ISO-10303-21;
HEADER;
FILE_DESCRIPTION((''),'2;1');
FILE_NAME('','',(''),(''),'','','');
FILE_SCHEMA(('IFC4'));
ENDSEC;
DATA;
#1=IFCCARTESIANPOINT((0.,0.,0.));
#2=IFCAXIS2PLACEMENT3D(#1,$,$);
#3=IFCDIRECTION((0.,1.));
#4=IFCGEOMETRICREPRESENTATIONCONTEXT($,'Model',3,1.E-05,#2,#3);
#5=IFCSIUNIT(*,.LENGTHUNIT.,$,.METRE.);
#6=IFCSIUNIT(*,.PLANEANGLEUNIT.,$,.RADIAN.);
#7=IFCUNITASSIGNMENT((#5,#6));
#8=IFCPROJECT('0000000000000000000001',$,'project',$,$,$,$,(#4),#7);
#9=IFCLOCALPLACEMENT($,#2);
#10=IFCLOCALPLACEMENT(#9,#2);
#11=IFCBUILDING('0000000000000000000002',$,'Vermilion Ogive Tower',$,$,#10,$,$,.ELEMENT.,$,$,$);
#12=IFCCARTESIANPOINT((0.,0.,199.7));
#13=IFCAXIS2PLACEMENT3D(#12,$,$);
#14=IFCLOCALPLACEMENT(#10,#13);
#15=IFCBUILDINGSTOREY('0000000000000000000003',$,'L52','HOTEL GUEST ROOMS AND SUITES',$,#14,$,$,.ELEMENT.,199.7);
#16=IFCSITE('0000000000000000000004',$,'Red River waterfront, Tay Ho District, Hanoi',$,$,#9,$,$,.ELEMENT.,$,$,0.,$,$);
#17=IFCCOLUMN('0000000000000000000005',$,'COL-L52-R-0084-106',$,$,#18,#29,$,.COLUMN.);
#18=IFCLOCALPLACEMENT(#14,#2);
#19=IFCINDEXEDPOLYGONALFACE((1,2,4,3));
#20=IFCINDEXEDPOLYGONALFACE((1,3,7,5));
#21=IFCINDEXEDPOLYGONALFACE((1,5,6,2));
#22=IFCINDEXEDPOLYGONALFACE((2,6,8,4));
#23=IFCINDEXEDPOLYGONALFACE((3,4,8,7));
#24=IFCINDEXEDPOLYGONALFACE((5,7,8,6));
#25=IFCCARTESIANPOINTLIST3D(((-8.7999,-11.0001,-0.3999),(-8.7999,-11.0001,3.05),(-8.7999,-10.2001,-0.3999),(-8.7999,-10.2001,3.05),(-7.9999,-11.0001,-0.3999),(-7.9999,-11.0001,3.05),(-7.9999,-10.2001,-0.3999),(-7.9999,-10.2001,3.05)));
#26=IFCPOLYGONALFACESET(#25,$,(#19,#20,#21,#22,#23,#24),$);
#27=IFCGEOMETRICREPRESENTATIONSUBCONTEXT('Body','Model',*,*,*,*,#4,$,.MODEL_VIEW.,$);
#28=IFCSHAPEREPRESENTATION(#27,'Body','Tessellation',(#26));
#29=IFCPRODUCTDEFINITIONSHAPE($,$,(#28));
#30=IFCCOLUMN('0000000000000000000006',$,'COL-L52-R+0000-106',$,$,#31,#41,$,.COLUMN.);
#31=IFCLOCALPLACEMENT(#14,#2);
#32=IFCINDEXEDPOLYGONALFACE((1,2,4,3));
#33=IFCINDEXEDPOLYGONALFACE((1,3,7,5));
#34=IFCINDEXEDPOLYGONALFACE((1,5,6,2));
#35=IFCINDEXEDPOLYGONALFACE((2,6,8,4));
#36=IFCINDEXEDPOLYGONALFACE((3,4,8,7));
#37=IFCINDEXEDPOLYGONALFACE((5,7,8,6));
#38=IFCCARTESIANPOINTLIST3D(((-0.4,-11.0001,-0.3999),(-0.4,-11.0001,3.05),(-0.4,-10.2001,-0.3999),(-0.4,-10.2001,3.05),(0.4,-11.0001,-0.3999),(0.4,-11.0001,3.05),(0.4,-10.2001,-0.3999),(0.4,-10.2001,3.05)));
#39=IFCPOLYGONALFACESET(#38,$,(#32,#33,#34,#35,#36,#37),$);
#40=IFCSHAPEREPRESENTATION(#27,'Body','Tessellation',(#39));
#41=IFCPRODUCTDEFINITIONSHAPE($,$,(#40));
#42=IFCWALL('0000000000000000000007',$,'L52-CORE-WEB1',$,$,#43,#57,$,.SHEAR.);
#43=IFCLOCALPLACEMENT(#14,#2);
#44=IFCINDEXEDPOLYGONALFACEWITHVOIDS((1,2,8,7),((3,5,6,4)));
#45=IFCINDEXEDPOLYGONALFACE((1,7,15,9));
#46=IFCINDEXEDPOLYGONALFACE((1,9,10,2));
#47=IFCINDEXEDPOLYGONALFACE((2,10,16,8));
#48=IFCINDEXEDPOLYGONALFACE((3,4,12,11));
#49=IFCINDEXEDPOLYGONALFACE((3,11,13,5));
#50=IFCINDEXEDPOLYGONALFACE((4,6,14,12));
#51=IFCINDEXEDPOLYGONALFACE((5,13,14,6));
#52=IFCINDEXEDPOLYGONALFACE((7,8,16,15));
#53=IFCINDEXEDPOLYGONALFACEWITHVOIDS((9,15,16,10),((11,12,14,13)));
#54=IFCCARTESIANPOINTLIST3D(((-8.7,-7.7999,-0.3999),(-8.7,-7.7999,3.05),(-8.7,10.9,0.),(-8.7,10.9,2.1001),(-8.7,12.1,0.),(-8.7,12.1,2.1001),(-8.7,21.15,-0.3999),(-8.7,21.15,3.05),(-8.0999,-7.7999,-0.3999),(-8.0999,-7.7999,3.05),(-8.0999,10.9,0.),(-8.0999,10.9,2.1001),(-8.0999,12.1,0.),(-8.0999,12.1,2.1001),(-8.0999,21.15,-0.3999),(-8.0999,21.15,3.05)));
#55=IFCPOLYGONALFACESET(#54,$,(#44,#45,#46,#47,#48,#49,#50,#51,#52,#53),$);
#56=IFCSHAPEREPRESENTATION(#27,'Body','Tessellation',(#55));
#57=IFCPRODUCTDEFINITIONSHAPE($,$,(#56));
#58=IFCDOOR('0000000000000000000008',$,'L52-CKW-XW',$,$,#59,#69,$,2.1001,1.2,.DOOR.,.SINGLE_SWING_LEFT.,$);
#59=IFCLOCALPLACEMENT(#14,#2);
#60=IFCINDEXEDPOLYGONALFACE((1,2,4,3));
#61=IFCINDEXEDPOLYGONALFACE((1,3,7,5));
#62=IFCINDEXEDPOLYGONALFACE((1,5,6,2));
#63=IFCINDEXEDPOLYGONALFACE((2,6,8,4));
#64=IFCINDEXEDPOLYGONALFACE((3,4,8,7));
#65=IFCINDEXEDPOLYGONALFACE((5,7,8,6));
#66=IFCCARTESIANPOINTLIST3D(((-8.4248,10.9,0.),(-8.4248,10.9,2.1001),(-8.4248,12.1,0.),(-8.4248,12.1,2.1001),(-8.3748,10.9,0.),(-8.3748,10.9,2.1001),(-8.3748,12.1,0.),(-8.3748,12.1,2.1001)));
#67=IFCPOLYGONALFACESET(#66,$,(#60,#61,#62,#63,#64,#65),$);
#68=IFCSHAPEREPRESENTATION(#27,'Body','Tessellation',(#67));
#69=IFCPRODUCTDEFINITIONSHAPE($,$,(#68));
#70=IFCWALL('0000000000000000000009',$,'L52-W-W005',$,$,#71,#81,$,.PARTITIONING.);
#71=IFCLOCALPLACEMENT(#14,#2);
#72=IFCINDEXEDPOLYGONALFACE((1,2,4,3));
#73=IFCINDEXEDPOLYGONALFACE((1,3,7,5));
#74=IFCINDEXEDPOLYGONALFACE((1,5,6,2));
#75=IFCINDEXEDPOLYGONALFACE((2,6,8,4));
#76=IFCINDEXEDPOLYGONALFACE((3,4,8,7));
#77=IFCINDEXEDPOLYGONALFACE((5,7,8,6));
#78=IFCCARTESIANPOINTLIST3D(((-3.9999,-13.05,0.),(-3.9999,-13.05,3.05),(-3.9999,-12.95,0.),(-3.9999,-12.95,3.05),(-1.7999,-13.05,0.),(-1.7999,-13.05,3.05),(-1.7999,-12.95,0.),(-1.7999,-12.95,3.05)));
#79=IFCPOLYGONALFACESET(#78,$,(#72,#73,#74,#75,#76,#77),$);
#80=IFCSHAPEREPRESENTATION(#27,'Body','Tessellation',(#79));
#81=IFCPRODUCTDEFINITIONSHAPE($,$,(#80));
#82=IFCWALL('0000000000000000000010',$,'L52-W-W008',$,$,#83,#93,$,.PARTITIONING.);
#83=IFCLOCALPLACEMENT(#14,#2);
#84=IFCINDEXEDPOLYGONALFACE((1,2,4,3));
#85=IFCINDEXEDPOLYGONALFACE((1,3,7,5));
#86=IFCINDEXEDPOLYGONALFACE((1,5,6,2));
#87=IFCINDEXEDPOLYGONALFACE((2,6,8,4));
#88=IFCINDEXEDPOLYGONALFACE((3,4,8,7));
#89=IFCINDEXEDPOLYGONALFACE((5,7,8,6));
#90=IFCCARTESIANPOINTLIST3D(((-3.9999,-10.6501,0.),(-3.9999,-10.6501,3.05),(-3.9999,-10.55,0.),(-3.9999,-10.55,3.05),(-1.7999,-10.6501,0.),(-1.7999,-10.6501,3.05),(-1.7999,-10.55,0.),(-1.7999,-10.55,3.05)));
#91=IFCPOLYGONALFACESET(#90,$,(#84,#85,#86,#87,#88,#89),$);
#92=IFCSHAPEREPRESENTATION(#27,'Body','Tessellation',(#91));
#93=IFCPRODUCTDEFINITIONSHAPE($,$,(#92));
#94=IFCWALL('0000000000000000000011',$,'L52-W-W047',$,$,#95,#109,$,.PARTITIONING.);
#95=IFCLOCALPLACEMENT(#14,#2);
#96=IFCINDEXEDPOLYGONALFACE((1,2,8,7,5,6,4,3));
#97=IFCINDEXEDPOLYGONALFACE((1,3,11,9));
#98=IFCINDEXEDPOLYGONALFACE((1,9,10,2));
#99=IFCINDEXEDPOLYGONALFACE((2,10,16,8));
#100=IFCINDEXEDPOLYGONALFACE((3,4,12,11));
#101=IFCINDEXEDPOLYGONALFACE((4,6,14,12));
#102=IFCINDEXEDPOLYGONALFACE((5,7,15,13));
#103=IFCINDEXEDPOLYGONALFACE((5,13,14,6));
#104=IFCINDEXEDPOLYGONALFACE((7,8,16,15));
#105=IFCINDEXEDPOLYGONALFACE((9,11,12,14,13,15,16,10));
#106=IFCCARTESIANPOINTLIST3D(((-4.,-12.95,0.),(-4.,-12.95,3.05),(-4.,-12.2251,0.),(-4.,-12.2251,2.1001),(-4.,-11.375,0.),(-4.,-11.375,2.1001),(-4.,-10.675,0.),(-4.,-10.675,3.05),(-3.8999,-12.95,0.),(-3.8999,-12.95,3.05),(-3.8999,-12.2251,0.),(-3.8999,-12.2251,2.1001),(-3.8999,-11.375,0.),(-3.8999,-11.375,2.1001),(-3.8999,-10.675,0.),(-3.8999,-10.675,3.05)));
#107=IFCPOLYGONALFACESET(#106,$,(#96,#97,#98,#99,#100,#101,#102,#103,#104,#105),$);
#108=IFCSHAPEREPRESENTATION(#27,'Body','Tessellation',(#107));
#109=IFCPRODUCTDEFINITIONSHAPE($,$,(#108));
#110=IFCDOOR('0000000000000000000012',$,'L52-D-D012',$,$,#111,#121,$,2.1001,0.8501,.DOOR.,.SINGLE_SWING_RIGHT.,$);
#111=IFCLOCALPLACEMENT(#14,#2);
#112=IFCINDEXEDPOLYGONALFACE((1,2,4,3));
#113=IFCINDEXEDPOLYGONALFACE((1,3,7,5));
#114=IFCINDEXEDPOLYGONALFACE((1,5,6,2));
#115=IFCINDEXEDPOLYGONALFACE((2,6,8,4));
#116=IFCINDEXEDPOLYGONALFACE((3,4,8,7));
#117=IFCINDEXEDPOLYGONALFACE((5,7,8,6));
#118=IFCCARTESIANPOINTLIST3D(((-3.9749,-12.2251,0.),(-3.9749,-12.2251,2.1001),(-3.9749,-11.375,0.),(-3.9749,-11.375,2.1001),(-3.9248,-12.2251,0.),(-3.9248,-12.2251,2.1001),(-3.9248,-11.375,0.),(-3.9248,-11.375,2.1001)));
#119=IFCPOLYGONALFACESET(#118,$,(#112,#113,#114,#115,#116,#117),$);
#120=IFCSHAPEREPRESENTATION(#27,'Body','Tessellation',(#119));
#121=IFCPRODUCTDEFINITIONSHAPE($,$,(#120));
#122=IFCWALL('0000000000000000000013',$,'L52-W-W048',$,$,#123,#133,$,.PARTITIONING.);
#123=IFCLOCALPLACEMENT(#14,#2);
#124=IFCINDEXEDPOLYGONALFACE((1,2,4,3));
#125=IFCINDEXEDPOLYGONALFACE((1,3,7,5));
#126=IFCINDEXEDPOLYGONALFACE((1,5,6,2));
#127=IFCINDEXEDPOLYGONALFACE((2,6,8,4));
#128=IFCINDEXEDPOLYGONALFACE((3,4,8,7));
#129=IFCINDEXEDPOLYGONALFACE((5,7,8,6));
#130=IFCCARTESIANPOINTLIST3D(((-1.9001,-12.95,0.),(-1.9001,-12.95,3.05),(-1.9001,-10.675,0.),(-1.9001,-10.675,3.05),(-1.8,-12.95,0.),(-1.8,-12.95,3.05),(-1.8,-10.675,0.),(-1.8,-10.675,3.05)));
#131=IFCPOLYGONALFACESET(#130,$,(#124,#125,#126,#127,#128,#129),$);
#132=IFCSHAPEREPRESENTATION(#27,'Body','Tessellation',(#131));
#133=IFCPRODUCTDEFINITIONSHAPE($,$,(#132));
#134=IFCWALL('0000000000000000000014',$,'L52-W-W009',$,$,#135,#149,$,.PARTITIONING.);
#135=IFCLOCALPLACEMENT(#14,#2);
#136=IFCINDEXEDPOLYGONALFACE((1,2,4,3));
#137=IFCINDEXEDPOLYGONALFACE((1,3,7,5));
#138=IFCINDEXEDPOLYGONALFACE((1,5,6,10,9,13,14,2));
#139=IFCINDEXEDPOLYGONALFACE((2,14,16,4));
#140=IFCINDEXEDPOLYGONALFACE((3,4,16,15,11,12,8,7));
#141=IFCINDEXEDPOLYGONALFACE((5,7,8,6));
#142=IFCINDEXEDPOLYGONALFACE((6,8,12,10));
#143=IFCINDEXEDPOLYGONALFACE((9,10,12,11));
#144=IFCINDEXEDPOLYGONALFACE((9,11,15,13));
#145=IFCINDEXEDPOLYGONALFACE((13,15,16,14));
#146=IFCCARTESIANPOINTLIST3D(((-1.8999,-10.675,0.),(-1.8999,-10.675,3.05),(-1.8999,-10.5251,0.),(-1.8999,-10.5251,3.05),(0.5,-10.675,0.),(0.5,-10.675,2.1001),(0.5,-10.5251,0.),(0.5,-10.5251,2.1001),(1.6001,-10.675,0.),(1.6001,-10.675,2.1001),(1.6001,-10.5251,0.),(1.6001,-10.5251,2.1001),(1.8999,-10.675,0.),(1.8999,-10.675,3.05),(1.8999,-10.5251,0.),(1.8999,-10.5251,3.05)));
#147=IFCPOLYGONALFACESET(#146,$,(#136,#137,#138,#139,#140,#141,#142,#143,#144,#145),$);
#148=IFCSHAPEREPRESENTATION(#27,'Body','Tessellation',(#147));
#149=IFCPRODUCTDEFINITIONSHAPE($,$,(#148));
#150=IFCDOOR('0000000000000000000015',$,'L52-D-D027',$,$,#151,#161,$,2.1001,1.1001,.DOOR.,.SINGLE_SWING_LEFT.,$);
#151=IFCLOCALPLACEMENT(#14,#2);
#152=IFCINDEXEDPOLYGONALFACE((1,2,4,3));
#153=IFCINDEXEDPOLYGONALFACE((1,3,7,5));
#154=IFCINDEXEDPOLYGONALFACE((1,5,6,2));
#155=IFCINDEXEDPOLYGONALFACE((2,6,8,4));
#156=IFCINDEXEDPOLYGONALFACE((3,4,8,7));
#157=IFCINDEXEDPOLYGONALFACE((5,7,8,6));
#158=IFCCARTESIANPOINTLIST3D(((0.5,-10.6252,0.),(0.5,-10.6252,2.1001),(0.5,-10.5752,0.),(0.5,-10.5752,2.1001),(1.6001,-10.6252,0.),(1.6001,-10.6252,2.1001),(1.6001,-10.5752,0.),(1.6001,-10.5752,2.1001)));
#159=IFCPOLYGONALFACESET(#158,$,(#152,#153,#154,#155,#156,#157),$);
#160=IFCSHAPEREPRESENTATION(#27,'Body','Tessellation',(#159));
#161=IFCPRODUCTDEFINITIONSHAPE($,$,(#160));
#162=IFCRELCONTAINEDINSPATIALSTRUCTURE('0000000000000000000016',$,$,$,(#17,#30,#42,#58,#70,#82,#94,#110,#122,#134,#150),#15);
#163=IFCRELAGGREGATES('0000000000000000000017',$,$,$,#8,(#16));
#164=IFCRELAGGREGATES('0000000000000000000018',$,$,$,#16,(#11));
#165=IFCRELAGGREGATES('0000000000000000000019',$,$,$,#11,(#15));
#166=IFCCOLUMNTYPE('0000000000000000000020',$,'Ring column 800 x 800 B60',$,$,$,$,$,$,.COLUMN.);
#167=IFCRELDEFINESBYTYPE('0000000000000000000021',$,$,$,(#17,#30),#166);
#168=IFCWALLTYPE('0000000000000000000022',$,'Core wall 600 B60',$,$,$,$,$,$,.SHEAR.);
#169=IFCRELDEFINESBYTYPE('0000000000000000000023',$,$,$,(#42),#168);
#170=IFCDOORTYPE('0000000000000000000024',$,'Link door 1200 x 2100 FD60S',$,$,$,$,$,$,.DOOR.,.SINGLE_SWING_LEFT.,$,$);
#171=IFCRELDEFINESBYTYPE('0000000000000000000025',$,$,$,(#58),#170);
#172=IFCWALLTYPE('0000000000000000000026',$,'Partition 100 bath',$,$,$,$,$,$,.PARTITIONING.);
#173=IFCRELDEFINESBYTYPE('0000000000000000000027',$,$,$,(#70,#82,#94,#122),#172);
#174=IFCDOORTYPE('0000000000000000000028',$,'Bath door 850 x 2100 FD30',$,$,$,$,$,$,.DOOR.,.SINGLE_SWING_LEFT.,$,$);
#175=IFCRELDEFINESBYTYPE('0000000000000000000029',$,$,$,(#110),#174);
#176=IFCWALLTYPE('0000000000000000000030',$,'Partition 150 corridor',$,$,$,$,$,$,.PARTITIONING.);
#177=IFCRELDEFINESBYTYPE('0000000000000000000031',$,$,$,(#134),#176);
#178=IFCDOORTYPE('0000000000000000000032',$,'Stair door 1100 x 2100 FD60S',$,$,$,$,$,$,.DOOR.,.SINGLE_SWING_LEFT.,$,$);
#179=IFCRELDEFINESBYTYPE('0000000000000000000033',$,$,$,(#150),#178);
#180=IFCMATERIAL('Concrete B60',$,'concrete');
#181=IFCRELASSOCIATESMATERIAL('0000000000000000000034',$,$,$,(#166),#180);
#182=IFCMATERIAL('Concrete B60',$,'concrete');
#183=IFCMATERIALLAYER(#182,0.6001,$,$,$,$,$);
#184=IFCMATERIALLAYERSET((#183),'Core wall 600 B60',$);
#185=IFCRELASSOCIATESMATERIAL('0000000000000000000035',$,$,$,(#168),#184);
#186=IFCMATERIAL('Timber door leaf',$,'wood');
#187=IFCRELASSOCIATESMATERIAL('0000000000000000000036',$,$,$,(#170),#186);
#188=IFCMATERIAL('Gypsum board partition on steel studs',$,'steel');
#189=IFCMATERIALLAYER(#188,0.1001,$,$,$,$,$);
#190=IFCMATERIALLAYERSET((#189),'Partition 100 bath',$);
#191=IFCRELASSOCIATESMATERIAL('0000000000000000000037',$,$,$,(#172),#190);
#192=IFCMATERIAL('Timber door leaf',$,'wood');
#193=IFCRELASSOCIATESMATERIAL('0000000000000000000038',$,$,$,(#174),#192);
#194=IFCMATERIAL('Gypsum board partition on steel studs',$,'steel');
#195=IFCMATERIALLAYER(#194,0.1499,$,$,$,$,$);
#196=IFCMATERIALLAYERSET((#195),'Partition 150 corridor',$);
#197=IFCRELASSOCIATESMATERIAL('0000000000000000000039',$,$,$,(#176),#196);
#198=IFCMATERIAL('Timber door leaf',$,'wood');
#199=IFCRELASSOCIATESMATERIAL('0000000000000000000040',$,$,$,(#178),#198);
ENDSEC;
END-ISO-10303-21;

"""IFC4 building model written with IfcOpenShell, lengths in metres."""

from ifc_helpers import new_model, si_unit, direction, frame, frame_2d, origin, origin_2d, place, context, subcontext, project, spatial, rectangle, extrude, material, layer, layer_set, material_profile, profile_set, type_object, element, fill, save


model = new_model("IFC4")

# Units and contexts
model_context = context("Model", 3, precision=1e-05, world=origin(), true_north=direction((0.0, 1.0)))
body_context = subcontext(model_context, "Body", "Model", "MODEL_VIEW")
ifc_project = project(units=[si_unit("LENGTHUNIT", "METRE"), si_unit("PLANEANGLEUNIT", "RADIAN")], contexts=[model_context])

# Site, building, storey
site_placement = place(None, origin())
site = spatial("IfcSite", under=ifc_project, at=site_placement, Name="Red River waterfront, Tay Ho District, Hanoi", CompositionType="ELEMENT", RefElevation=0.0)
building_placement = place(site_placement, origin())
building = spatial("IfcBuilding", under=site, at=building_placement, Name="Vermilion Ogive Tower", CompositionType="ELEMENT")
storey_placement = place(building_placement, frame((0.0, 0.0, 199.7)))
storey = spatial("IfcBuildingStorey", under=building, at=storey_placement, Name="L52", Description="HOTEL GUEST ROOMS AND SUITES", CompositionType="ELEMENT", Elevation=199.7)

# Columns
ifc_material_1 = material(Name="Concrete B60", Category="concrete")
ifc_material_profile = material_profile(ifc_material_1, rectangle(XDim=0.8, YDim=0.8, at=origin_2d()), Name="800 x 800")
ifc_profile_set = profile_set([ifc_material_profile], Name="Concrete B60")
column_type = type_object("IfcColumnType", Name="Ring column 800 x 800 B60", PredefinedType="COLUMN", material=ifc_profile_set)
for number, where, z_axis, x_axis, name in (
    (1, (-8.3999, -10.6001, -0.3999), (0.0, 0.0, 1.0), (1.0, 0.0, 0.0), "COL-L52-R-0084-106"),
    (2, (0.0, -10.6001, -0.3999), (0.0, 0.0, 1.0), (1.0, 0.0, 0.0), "COL-L52-R+0000-106"),
):
    element("IfcColumn", number, at=place(storey_placement, frame(where, z_axis=z_axis, x_axis=x_axis)), inside=storey, type_object=column_type, Name=name, PredefinedType="COLUMN", context=body_context, shape_type="SweptSolid", body=[
        extrude(rectangle(XDim=0.8, YDim=0.8, at=origin_2d()), origin(), (0.0, 0.0, 1.0), 3.45),
    ])

# Wall, opening, door
ifc_material_2 = material(Name="Concrete B60", Category="concrete")
ifc_layer_1 = layer(ifc_material_2, 0.6001)
ifc_layer_set_1 = layer_set([ifc_layer_1], Name="Core wall 600 B60")
wall_type_1 = type_object("IfcWallType", Name="Core wall 600 B60", PredefinedType="SHEAR", material=ifc_layer_set_1)
wall_1_placement = place(storey_placement, frame((-8.3999, -7.8, -0.3999), z_axis=(0.0, 0.0, 1.0), x_axis=(0.0, 1.0, 0.0)))
wall_1 = element("IfcWall", 3, at=wall_1_placement, inside=storey, type_object=wall_type_1, Name="L52-CORE-WEB1", PredefinedType="SHEAR", context=body_context, shape_type="SweptSolid", body=[
    extrude(rectangle(XDim=28.95, YDim=0.6001, at=frame_2d((14.4751, 0.0))), origin(), (0.0, 0.0, 1.0), 3.45),
])
opening_1_placement = place(wall_1_placement, frame((18.7, 0.0, 0.3999)))
opening_1 = element("IfcOpeningElement", 4, at=opening_1_placement, cuts=wall_1, PredefinedType="OPENING", context=body_context, shape_type="SweptSolid", body=[
    extrude(rectangle(XDim=1.2, YDim=2.1001, at=frame_2d((0.6001, 1.05))), frame((0.0, 0.3101, 0.0), z_axis=(0.0, -1.0, 0.0), x_axis=(1.0, 0.0, 0.0)), (0.0, 0.0, 1.0), 0.6201),
])
ifc_material_3 = material(Name="Timber door leaf", Category="wood")
door_type_1 = type_object("IfcDoorType", Name="Link door 1200 x 2100 FD60S", OperationType="SINGLE_SWING_LEFT", PredefinedType="DOOR", material=ifc_material_3)
door_1_placement = place(opening_1_placement, origin())
door_1 = element("IfcDoor", 5, at=door_1_placement, inside=storey, type_object=door_type_1, Name="L52-CKW-XW", OperationType="SINGLE_SWING_LEFT", OverallHeight=2.1001, OverallWidth=1.2, PredefinedType="DOOR", context=body_context, shape_type="SweptSolid", body=[
    extrude(rectangle(XDim=1.2, YDim=2.1001, at=frame_2d((0.6001, 1.05))), frame((0.0, 0.0249, 0.0), z_axis=(0.0, -1.0, 0.0), x_axis=(1.0, 0.0, 0.0)), (0.0, 0.0, 1.0), 0.05),
])
fill(opening_1, door_1)

# Walls
ifc_material_4 = material(Name="Gypsum board partition on steel studs", Category="steel")
ifc_layer_2 = layer(ifc_material_4, 0.1001)
ifc_layer_set_2 = layer_set([ifc_layer_2], Name="Partition 100 bath")
wall_type_2 = type_object("IfcWallType", Name="Partition 100 bath", PredefinedType="PARTITIONING", material=ifc_layer_set_2)
for number, where, z_axis, x_axis, name in (
    (6, (-4.0, -13.0, 0.0), (0.0, 0.0, 1.0), (1.0, 0.0, 0.0), "L52-W-W005"),
    (7, (-4.0, -10.6001, 0.0), (0.0, 0.0, 1.0), (1.0, 0.0, 0.0), "L52-W-W008"),
):
    element("IfcWall", number, at=place(storey_placement, frame(where, z_axis=z_axis, x_axis=x_axis)), inside=storey, type_object=wall_type_2, Name=name, PredefinedType="PARTITIONING", context=body_context, shape_type="SweptSolid", body=[
        extrude(rectangle(XDim=2.2, YDim=0.1001, at=frame_2d((1.1001, 0.0))), origin(), (0.0, 0.0, 1.0), 3.05),
    ])

# Wall, opening, door
wall_2_placement = place(storey_placement, frame((-3.95, -12.95, 0.0), z_axis=(0.0, 0.0, 1.0), x_axis=(0.0, 1.0, 0.0)))
wall_2 = element("IfcWall", 8, at=wall_2_placement, inside=storey, type_object=wall_type_2, Name="L52-W-W047", PredefinedType="PARTITIONING", context=body_context, shape_type="SweptSolid", body=[
    extrude(rectangle(XDim=2.2749, YDim=0.1001, at=frame_2d((1.1375, 0.0))), origin(), (0.0, 0.0, 1.0), 3.05),
])
opening_2_placement = place(wall_2_placement, frame((0.7249, 0.0, 0.0)))
opening_2 = element("IfcOpeningElement", 9, at=opening_2_placement, cuts=wall_2, PredefinedType="OPENING", context=body_context, shape_type="SweptSolid", body=[
    extrude(rectangle(XDim=0.8501, YDim=2.1001, at=frame_2d((0.425, 1.05))), frame((0.0, 0.0601, 0.0), z_axis=(0.0, -1.0, 0.0), x_axis=(1.0, 0.0, 0.0)), (0.0, 0.0, 1.0), 0.1201),
])
ifc_material_5 = material(Name="Timber door leaf", Category="wood")
door_type_2 = type_object("IfcDoorType", Name="Bath door 850 x 2100 FD30", OperationType="SINGLE_SWING_LEFT", PredefinedType="DOOR", material=ifc_material_5)
door_2_placement = place(opening_2_placement, origin())
door_2 = element("IfcDoor", 10, at=door_2_placement, inside=storey, type_object=door_type_2, Name="L52-D-D012", OperationType="SINGLE_SWING_RIGHT", OverallHeight=2.1001, OverallWidth=0.8501, PredefinedType="DOOR", context=body_context, shape_type="SweptSolid", body=[
    extrude(rectangle(XDim=0.8501, YDim=2.1001, at=frame_2d((0.425, 1.05))), frame((0.0, 0.0249, 0.0), z_axis=(0.0, -1.0, 0.0), x_axis=(1.0, 0.0, 0.0)), (0.0, 0.0, 1.0), 0.05),
])
fill(opening_2, door_2)

# Wall
wall_3_placement = place(storey_placement, frame((-1.8501, -12.95, 0.0), z_axis=(0.0, 0.0, 1.0), x_axis=(0.0, 1.0, 0.0)))
element("IfcWall", 11, at=wall_3_placement, inside=storey, type_object=wall_type_2, Name="L52-W-W048", PredefinedType="PARTITIONING", context=body_context, shape_type="SweptSolid", body=[
    extrude(rectangle(XDim=2.2749, YDim=0.1001, at=frame_2d((1.1375, 0.0))), origin(), (0.0, 0.0, 1.0), 3.05),
])

# Wall, opening, door
ifc_material_6 = material(Name="Gypsum board partition on steel studs", Category="steel")
ifc_layer_3 = layer(ifc_material_6, 0.1499)
ifc_layer_set_3 = layer_set([ifc_layer_3], Name="Partition 150 corridor")
wall_type_3 = type_object("IfcWallType", Name="Partition 150 corridor", PredefinedType="PARTITIONING", material=ifc_layer_set_3)
wall_4_placement = place(storey_placement, frame((-1.8999, -10.6001, 0.0), z_axis=(0.0, 0.0, 1.0), x_axis=(1.0, 0.0, 0.0)))
wall_4 = element("IfcWall", 12, at=wall_4_placement, inside=storey, type_object=wall_type_3, Name="L52-W-W009", PredefinedType="PARTITIONING", context=body_context, shape_type="SweptSolid", body=[
    extrude(rectangle(XDim=3.7998, YDim=0.1499, at=frame_2d((1.8999, 0.0))), origin(), (0.0, 0.0, 1.0), 3.05),
])
opening_3_placement = place(wall_4_placement, frame((2.3999, 0.0, 0.0)))
opening_3 = element("IfcOpeningElement", 13, at=opening_3_placement, cuts=wall_4, PredefinedType="OPENING", context=body_context, shape_type="SweptSolid", body=[
    extrude(rectangle(XDim=1.1001, YDim=2.1001, at=frame_2d((0.55, 1.05))), frame((0.0, 0.085, 0.0), z_axis=(0.0, -1.0, 0.0), x_axis=(1.0, 0.0, 0.0)), (0.0, 0.0, 1.0), 0.1699),
])
ifc_material_7 = material(Name="Timber door leaf", Category="wood")
door_type_3 = type_object("IfcDoorType", Name="Stair door 1100 x 2100 FD60S", OperationType="SINGLE_SWING_LEFT", PredefinedType="DOOR", material=ifc_material_7)
door_3_placement = place(opening_3_placement, origin())
door_3 = element("IfcDoor", 14, at=door_3_placement, inside=storey, type_object=door_type_3, Name="L52-D-D027", OperationType="SINGLE_SWING_LEFT", OverallHeight=2.1001, OverallWidth=1.1001, PredefinedType="DOOR", context=body_context, shape_type="SweptSolid", body=[
    extrude(rectangle(XDim=1.1001, YDim=2.1001, at=frame_2d((0.55, 1.05))), frame((0.0, 0.0249, 0.0), z_axis=(0.0, -1.0, 0.0), x_axis=(1.0, 0.0, 0.0)), (0.0, 0.0, 1.0), 0.05),
])
fill(opening_3, door_3)

save(model, "model.ifc")
